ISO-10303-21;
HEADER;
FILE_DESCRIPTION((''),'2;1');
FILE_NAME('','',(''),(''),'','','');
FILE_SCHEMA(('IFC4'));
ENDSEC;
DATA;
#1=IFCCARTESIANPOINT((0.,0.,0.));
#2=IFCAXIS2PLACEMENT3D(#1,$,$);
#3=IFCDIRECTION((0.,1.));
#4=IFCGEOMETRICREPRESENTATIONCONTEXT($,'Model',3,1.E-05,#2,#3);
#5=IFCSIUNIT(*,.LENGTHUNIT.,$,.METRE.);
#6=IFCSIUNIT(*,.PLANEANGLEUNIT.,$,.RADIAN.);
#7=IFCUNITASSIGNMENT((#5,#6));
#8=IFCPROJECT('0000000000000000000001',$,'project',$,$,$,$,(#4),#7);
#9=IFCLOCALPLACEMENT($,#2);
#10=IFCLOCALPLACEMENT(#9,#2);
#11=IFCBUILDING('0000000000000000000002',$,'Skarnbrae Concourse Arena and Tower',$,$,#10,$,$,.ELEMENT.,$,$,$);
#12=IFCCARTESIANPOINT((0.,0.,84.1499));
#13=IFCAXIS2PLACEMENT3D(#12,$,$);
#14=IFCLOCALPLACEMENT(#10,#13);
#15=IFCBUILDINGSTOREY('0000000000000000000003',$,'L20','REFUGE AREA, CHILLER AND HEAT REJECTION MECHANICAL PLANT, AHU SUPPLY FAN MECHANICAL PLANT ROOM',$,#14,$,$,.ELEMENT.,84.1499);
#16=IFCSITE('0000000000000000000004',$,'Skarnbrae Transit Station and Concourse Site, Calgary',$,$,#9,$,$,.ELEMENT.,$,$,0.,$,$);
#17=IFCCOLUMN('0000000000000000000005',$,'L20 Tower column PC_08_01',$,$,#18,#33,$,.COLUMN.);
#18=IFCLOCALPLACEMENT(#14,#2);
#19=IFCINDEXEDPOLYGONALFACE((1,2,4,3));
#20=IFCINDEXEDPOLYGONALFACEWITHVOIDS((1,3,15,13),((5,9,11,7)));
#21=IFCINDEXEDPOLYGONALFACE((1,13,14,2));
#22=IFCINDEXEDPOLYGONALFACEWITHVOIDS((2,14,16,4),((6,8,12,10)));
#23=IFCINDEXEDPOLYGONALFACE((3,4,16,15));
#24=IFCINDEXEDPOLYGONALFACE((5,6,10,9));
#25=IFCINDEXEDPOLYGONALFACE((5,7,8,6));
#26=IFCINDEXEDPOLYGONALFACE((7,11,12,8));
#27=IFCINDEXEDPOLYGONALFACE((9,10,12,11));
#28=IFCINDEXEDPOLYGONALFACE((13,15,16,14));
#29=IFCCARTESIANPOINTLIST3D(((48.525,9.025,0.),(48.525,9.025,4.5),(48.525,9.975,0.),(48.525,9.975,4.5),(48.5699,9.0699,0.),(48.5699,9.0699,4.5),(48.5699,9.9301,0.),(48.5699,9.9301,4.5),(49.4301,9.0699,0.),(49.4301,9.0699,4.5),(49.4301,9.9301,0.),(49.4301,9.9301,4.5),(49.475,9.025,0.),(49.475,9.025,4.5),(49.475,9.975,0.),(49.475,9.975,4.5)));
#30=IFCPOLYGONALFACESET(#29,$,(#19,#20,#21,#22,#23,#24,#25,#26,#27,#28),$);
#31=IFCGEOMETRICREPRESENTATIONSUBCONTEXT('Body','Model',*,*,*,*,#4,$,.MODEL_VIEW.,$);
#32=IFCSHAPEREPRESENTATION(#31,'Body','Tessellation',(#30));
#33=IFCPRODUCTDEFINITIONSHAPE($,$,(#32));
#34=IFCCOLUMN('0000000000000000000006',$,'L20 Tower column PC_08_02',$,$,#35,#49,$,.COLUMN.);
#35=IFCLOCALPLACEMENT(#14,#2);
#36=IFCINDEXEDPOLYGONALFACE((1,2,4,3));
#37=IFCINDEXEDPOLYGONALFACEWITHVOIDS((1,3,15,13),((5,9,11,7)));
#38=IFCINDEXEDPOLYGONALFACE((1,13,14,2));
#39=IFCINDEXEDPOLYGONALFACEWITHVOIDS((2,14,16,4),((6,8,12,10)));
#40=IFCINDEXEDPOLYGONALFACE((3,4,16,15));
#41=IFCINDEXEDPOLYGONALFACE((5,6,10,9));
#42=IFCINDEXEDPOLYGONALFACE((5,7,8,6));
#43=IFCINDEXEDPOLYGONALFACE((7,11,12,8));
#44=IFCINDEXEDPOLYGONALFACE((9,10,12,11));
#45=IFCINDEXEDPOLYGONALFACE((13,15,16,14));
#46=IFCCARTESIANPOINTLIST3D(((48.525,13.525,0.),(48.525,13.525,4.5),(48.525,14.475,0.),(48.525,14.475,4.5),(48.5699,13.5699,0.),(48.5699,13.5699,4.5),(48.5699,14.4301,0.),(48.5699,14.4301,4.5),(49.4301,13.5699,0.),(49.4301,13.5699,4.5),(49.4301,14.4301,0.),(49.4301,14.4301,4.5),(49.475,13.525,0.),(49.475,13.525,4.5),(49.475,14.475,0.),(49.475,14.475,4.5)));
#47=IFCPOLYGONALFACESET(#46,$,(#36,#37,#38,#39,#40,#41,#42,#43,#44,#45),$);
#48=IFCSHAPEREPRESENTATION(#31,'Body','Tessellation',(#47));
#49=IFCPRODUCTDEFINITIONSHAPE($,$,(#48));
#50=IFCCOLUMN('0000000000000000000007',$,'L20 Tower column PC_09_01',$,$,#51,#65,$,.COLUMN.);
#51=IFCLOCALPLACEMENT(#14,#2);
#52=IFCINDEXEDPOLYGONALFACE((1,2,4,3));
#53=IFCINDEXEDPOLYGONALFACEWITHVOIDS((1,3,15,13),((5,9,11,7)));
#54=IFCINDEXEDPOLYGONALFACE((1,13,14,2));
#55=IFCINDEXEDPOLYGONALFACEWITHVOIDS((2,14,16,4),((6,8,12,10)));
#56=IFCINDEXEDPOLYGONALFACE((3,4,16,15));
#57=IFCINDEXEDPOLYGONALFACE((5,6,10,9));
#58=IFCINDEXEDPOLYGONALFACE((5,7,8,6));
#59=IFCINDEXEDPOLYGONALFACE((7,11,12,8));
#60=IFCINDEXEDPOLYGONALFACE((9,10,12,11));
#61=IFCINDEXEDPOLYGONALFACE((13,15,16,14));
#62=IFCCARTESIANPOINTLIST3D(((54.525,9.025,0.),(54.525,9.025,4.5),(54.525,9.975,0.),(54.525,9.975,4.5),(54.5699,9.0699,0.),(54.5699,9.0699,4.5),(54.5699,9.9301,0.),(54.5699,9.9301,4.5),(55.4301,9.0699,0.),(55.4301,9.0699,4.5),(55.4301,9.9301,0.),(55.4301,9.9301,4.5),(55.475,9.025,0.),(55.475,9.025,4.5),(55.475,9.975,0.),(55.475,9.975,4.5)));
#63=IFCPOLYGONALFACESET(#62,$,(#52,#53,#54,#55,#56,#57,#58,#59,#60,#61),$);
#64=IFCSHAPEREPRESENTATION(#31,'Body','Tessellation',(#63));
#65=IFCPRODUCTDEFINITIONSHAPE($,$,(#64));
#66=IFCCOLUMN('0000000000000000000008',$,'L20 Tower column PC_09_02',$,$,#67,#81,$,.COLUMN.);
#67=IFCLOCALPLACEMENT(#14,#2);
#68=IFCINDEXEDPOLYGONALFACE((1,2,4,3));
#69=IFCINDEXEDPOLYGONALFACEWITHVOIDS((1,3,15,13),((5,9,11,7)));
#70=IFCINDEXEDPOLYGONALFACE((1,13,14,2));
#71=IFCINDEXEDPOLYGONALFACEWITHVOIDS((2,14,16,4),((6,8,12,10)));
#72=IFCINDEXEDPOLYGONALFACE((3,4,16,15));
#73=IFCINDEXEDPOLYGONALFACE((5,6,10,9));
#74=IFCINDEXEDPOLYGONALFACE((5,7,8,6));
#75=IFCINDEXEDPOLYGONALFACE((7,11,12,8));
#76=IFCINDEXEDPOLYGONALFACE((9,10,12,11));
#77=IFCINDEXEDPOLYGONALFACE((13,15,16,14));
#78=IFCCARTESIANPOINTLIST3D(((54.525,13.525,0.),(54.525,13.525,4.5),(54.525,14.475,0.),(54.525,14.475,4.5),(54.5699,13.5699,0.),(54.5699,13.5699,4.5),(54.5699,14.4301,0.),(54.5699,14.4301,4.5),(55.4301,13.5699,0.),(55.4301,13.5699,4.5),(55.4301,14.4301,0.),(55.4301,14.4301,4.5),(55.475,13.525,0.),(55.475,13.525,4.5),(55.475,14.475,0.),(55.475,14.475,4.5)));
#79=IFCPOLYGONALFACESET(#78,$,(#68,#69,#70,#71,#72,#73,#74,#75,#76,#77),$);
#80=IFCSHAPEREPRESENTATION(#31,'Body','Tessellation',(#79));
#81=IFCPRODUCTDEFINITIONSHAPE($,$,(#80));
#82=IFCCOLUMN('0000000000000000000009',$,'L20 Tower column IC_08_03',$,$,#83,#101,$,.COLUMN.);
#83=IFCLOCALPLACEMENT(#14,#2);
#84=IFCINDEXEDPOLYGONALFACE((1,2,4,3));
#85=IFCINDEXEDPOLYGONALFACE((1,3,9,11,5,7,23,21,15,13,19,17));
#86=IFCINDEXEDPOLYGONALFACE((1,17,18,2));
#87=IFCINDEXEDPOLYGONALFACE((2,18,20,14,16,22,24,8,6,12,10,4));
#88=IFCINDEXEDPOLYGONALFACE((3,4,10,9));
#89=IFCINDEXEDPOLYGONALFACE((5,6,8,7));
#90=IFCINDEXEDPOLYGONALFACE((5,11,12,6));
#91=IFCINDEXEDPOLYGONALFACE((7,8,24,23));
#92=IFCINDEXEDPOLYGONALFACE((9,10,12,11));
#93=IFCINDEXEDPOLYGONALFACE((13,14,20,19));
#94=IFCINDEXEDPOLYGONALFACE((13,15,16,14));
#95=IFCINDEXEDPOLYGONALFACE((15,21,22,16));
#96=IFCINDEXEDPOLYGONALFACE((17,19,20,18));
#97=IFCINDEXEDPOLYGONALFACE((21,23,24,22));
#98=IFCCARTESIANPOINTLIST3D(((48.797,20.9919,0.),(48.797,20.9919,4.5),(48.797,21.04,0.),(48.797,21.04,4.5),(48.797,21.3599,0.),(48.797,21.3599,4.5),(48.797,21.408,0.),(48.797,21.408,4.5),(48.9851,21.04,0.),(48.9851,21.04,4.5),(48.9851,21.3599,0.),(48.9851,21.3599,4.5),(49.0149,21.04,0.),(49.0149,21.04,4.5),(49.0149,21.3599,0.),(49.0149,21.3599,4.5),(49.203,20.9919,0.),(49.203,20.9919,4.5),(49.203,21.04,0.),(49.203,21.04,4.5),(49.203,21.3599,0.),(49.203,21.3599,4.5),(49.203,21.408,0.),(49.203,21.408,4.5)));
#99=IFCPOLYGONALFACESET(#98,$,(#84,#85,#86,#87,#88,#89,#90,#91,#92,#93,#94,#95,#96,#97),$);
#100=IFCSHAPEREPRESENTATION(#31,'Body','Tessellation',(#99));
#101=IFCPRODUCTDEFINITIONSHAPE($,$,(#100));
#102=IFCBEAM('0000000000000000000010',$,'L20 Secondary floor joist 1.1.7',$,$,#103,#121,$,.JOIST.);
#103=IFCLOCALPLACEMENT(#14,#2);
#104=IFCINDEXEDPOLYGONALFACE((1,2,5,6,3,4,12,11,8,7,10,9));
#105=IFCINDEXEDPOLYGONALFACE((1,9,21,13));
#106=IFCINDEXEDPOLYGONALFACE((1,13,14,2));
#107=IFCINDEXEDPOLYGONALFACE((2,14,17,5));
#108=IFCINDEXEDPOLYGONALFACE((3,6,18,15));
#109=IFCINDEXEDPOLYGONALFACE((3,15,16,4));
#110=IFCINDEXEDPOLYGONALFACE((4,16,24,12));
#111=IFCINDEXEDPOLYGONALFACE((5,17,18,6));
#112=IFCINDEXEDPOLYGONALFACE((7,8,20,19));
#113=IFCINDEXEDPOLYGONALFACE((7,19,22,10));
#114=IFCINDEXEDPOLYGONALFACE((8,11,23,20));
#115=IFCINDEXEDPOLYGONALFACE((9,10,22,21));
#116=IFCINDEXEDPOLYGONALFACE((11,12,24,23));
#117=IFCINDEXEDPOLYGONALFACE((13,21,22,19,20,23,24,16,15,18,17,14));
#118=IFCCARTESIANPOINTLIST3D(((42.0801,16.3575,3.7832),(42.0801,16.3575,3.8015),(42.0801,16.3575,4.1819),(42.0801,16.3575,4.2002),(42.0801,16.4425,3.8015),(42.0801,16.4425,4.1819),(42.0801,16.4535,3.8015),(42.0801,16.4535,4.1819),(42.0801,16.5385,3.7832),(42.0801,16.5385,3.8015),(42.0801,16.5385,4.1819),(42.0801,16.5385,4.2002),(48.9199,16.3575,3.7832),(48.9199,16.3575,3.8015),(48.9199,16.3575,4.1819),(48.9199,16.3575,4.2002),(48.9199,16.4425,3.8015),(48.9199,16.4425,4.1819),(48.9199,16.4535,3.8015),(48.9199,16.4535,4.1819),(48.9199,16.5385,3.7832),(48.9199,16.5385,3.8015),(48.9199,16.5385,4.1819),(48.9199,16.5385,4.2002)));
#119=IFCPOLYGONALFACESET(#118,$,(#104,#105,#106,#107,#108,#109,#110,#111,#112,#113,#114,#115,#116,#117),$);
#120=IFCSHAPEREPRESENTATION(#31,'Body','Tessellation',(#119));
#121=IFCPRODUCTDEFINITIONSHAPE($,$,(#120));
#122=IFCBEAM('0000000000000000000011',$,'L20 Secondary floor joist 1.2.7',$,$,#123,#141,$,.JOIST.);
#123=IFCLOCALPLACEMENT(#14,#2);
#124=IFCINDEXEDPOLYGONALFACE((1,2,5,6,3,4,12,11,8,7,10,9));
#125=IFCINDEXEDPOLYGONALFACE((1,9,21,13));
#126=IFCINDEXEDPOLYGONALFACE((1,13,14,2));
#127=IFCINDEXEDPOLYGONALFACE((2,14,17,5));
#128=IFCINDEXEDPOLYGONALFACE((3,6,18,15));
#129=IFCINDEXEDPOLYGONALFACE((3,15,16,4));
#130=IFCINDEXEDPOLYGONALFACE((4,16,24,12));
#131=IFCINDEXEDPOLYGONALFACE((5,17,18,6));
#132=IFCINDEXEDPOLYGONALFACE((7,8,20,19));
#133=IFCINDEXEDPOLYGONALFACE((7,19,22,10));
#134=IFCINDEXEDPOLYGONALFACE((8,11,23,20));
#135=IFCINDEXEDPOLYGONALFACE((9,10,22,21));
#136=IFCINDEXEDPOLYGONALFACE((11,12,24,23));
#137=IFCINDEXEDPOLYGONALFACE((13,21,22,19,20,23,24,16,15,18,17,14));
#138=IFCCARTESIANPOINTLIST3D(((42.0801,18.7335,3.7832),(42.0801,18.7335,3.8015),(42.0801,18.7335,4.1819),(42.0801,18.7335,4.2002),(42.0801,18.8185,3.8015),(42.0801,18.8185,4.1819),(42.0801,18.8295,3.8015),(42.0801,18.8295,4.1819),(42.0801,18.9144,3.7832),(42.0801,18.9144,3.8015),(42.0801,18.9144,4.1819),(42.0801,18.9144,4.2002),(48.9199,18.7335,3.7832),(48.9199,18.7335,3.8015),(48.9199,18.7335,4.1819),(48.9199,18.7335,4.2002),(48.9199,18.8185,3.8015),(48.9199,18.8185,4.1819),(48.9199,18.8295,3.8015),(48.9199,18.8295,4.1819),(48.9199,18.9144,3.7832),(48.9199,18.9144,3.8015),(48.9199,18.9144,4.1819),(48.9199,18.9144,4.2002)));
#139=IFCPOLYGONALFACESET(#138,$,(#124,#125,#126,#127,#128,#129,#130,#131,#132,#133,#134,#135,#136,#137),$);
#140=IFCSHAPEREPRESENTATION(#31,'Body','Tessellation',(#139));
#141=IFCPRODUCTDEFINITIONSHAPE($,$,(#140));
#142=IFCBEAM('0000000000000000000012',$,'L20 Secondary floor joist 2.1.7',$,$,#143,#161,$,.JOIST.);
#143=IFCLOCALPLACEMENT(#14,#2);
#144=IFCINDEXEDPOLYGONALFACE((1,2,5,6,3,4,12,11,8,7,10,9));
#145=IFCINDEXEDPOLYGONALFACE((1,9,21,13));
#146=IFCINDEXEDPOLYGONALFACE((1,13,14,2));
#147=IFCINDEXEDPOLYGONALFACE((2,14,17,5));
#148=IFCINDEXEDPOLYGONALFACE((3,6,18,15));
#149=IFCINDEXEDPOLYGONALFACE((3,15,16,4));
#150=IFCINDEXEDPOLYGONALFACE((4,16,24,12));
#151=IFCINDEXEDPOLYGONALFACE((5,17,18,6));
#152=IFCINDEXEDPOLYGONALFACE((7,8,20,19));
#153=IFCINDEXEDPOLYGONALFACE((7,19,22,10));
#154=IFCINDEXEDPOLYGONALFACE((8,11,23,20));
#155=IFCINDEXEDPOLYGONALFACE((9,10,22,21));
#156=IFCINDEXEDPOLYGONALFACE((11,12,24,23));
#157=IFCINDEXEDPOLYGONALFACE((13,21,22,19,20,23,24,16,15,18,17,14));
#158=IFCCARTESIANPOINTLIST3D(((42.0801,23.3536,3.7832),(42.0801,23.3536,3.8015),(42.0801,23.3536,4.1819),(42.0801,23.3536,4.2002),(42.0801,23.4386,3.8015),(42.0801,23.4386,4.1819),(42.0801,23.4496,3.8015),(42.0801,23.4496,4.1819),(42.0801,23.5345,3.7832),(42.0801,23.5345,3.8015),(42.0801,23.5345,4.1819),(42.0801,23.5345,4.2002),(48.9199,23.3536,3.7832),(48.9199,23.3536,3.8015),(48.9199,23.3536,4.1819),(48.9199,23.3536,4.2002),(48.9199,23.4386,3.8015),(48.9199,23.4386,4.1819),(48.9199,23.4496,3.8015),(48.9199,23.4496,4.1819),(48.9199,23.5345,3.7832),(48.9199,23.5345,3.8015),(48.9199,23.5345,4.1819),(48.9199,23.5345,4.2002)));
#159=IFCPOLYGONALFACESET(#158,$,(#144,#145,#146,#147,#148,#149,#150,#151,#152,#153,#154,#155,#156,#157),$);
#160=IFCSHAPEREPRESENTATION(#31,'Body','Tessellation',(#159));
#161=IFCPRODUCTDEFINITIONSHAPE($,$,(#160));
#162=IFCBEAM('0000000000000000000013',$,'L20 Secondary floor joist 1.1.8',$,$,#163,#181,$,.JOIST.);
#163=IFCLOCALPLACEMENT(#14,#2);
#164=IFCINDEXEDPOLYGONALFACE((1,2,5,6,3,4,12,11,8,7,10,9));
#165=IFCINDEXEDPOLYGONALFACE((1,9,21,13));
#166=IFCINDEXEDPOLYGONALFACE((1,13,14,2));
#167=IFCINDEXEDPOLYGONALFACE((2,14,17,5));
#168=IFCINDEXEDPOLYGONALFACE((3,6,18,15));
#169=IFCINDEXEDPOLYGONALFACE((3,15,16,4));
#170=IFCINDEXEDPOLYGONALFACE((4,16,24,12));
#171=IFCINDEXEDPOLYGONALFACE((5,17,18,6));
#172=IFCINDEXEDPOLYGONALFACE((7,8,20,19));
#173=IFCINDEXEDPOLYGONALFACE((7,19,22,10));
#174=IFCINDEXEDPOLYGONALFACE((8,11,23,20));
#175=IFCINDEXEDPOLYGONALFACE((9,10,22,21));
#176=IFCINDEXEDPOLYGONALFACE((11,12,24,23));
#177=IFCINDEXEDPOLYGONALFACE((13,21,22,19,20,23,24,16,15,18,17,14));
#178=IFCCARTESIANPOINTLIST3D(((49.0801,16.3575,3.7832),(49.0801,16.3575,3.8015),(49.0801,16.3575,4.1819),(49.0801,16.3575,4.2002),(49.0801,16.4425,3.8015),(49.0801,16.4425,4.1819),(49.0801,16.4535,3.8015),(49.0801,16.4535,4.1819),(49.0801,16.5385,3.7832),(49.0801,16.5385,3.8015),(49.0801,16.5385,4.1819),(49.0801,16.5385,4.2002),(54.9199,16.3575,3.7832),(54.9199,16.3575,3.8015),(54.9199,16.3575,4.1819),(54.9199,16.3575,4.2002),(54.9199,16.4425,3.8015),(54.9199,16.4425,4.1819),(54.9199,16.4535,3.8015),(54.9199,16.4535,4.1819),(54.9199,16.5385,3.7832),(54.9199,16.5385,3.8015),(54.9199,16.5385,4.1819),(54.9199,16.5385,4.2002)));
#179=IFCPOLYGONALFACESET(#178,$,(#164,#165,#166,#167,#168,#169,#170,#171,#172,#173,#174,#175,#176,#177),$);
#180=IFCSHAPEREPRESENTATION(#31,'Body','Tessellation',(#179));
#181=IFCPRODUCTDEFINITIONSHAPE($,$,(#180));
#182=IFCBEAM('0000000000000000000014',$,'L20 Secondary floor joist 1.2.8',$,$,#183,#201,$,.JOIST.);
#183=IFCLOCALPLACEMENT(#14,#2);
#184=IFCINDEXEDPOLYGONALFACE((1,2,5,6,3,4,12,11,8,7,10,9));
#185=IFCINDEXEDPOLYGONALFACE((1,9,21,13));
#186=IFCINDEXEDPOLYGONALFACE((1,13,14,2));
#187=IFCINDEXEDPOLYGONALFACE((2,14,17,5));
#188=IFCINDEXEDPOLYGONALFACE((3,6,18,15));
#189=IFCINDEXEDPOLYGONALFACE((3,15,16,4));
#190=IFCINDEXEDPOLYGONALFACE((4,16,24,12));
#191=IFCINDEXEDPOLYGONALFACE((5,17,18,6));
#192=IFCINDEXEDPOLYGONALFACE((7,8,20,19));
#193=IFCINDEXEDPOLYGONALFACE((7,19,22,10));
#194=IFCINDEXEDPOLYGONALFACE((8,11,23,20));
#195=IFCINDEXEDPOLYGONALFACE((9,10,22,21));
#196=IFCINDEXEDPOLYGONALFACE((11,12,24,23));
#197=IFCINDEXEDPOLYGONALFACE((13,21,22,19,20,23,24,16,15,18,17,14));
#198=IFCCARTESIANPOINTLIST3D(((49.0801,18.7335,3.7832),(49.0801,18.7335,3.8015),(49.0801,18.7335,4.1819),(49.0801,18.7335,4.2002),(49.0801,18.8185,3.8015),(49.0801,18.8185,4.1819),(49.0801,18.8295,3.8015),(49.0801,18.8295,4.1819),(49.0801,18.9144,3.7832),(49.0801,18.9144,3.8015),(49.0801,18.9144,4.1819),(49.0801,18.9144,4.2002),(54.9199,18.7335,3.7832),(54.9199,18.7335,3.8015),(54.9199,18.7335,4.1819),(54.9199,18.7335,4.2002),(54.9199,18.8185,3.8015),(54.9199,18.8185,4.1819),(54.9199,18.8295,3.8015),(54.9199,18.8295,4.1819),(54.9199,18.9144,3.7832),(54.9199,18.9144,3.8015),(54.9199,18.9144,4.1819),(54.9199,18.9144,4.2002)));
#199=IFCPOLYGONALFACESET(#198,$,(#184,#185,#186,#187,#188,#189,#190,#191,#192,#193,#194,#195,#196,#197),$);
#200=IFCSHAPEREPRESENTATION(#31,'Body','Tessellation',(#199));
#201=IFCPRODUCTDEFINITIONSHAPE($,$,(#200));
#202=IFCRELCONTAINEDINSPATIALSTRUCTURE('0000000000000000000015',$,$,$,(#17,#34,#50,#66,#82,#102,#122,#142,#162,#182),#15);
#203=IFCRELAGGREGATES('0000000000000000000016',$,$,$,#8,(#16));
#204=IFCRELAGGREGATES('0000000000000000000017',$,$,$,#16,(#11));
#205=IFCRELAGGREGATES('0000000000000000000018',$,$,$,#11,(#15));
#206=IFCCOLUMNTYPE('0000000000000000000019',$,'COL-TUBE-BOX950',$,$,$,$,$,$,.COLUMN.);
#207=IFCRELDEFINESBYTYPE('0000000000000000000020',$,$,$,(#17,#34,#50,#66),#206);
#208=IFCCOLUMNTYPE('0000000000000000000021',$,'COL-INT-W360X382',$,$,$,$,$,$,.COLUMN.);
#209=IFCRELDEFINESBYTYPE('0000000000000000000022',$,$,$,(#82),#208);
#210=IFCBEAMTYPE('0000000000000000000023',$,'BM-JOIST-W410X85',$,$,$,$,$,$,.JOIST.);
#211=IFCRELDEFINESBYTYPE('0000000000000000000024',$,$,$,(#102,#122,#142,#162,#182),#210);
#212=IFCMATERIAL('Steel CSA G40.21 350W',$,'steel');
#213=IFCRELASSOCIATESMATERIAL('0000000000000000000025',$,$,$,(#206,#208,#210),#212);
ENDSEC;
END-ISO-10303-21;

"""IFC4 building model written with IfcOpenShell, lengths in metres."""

from ifc_helpers import new_model, si_unit, direction, frame, origin, origin_2d, place, context, subcontext, project, spatial, hollow_rectangle, i_section, extrude, source, transform, mapped, material, material_profile, profile_set, type_object, element, save


model = new_model("IFC4")

# Units and contexts
model_context = context("Model", 3, precision=1e-05, world=origin(), true_north=direction((0.0, 1.0)))
body_context = subcontext(model_context, "Body", "Model", "MODEL_VIEW")
ifc_project = project(units=[si_unit("LENGTHUNIT", "METRE"), si_unit("PLANEANGLEUNIT", "RADIAN")], contexts=[model_context])

# Site, building, storey
site_placement = place(None, origin())
site = spatial("IfcSite", under=ifc_project, at=site_placement, Name="Skarnbrae Transit Station and Concourse Site, Calgary", CompositionType="ELEMENT", RefElevation=0.0)
building_placement = place(site_placement, origin())
building = spatial("IfcBuilding", under=site, at=building_placement, Name="Skarnbrae Concourse Arena and Tower", CompositionType="ELEMENT")
storey_placement = place(building_placement, frame((0.0, 0.0, 84.1499)))
storey = spatial("IfcBuildingStorey", under=building, at=storey_placement, Name="L20", Description="REFUGE AREA, CHILLER AND HEAT REJECTION MECHANICAL PLANT, AHU SUPPLY FAN MECHANICAL PLANT ROOM", CompositionType="ELEMENT", Elevation=84.1499)

# Columns
ifc_material_1 = material(Name="Steel CSA G40.21 350W", Category="steel")
ifc_material_profile_1 = material_profile(ifc_material_1, hollow_rectangle(XDim=0.95, YDim=0.95, WallThickness=0.0449, at=origin_2d()), Name="BOX950X950X45")
ifc_profile_set_1 = profile_set([ifc_material_profile_1], Name="Steel CSA G40.21 350W")
column_type_1 = type_object("IfcColumnType", Name="COL-TUBE-BOX950", PredefinedType="COLUMN", material=ifc_profile_set_1)
shared_shape_1 = source(origin(), body_context, "Body", "SweptSolid", [
    extrude(hollow_rectangle(XDim=0.95, YDim=0.95, WallThickness=0.0449, at=origin_2d()), origin(), (0.0, 0.0, 1.0), 4.5),
])
for number, where, z_axis, x_axis, name in (
    (1, (49.0, 9.5, 0.0), (0.0, 0.0, 1.0), (1.0, 0.0, 0.0), "L20 Tower column PC_08_01"),
    (2, (49.0, 14.0, 0.0), (0.0, 0.0, 1.0), (1.0, 0.0, 0.0), "L20 Tower column PC_08_02"),
    (3, (55.0, 9.5, 0.0), (0.0, 0.0, 1.0), (1.0, 0.0, 0.0), "L20 Tower column PC_09_01"),
    (4, (55.0, 14.0, 0.0), (0.0, 0.0, 1.0), (1.0, 0.0, 0.0), "L20 Tower column PC_09_02"),
):
    element("IfcColumn", number, at=place(storey_placement, frame(where, z_axis=z_axis, x_axis=x_axis)), inside=storey, type_object=column_type_1, Name=name, PredefinedType="COLUMN", context=body_context, shape_type="MappedRepresentation", body=[
        mapped(shared_shape_1, transform((0.0, 0.0, 0.0))),
    ])
ifc_material_profile_2 = material_profile(ifc_material_1, i_section(OverallWidth=0.406, OverallDepth=0.416, WebThickness=0.0298, FlangeThickness=0.0481, at=origin_2d()), Name="W360X382")
ifc_profile_set_2 = profile_set([ifc_material_profile_2], Name="Steel CSA G40.21 350W")
column_type_2 = type_object("IfcColumnType", Name="COL-INT-W360X382", PredefinedType="COLUMN", material=ifc_profile_set_2)
shared_shape_2 = source(origin(), body_context, "Body", "SweptSolid", [
    extrude(i_section(OverallWidth=0.406, OverallDepth=0.416, WebThickness=0.0298, FlangeThickness=0.0481, at=origin_2d()), origin(), (0.0, 0.0, 1.0), 4.5),
])
column_placement = place(storey_placement, frame((49.0, 21.2, 0.0), z_axis=(0.0, 0.0, 1.0), x_axis=(1.0, 0.0, 0.0)))
element("IfcColumn", 5, at=column_placement, inside=storey, type_object=column_type_2, Name="L20 Tower column IC_08_03", PredefinedType="COLUMN", context=body_context, shape_type="MappedRepresentation", body=[
    mapped(shared_shape_2, transform((0.0, 0.0, 0.0))),
])

# Beams
ifc_material_profile_3 = material_profile(ifc_material_1, i_section(OverallWidth=0.1809, OverallDepth=0.417, WebThickness=0.011, FlangeThickness=0.0183, at=origin_2d()), Name="W410X85")
ifc_profile_set_3 = profile_set([ifc_material_profile_3], Name="Steel CSA G40.21 350W")
beam_type_1 = type_object("IfcBeamType", Name="BM-JOIST-W410X85", PredefinedType="JOIST", material=ifc_profile_set_3)
shared_shape_3 = source(origin(), body_context, "Body", "SweptSolid", [
    extrude(i_section(OverallWidth=0.1809, OverallDepth=0.417, WebThickness=0.011, FlangeThickness=0.0183, at=origin_2d()), origin(), (0.0, 0.0, 1.0), 6.8398),
])
for number, where, z_axis, x_axis, name in (
    (6, (42.0801, 16.448, 3.9917), (1.0, 0.0, 0.0), (0.0, 1.0, 0.0), "L20 Secondary floor joist 1.1.7"),
    (7, (42.0801, 18.824, 3.9917), (1.0, 0.0, 0.0), (0.0, 1.0, 0.0), "L20 Secondary floor joist 1.2.7"),
    (8, (42.0801, 23.4441, 3.9917), (1.0, 0.0, 0.0), (0.0, 1.0, 0.0), "L20 Secondary floor joist 2.1.7"),
):
    element("IfcBeam", number, at=place(storey_placement, frame(where, z_axis=z_axis, x_axis=x_axis)), inside=storey, type_object=beam_type_1, Name=name, PredefinedType="JOIST", context=body_context, shape_type="MappedRepresentation", body=[
        mapped(shared_shape_3, transform((0.0, 0.0, 0.0))),
    ])
shared_shape_4 = source(origin(), body_context, "Body", "SweptSolid", [
    extrude(i_section(OverallWidth=0.1809, OverallDepth=0.417, WebThickness=0.011, FlangeThickness=0.0183, at=origin_2d()), origin(), (0.0, 0.0, 1.0), 5.8398),
])
for number, where, z_axis, x_axis, name in (
    (9, (49.0801, 16.448, 3.9917), (1.0, 0.0, 0.0), (0.0, 1.0, 0.0), "L20 Secondary floor joist 1.1.8"),
    (10, (49.0801, 18.824, 3.9917), (1.0, 0.0, 0.0), (0.0, 1.0, 0.0), "L20 Secondary floor joist 1.2.8"),
):
    element("IfcBeam", number, at=place(storey_placement, frame(where, z_axis=z_axis, x_axis=x_axis)), inside=storey, type_object=beam_type_1, Name=name, PredefinedType="JOIST", context=body_context, shape_type="MappedRepresentation", body=[
        mapped(shared_shape_4, transform((0.0, 0.0, 0.0))),
    ])

save(model, "model.ifc")
